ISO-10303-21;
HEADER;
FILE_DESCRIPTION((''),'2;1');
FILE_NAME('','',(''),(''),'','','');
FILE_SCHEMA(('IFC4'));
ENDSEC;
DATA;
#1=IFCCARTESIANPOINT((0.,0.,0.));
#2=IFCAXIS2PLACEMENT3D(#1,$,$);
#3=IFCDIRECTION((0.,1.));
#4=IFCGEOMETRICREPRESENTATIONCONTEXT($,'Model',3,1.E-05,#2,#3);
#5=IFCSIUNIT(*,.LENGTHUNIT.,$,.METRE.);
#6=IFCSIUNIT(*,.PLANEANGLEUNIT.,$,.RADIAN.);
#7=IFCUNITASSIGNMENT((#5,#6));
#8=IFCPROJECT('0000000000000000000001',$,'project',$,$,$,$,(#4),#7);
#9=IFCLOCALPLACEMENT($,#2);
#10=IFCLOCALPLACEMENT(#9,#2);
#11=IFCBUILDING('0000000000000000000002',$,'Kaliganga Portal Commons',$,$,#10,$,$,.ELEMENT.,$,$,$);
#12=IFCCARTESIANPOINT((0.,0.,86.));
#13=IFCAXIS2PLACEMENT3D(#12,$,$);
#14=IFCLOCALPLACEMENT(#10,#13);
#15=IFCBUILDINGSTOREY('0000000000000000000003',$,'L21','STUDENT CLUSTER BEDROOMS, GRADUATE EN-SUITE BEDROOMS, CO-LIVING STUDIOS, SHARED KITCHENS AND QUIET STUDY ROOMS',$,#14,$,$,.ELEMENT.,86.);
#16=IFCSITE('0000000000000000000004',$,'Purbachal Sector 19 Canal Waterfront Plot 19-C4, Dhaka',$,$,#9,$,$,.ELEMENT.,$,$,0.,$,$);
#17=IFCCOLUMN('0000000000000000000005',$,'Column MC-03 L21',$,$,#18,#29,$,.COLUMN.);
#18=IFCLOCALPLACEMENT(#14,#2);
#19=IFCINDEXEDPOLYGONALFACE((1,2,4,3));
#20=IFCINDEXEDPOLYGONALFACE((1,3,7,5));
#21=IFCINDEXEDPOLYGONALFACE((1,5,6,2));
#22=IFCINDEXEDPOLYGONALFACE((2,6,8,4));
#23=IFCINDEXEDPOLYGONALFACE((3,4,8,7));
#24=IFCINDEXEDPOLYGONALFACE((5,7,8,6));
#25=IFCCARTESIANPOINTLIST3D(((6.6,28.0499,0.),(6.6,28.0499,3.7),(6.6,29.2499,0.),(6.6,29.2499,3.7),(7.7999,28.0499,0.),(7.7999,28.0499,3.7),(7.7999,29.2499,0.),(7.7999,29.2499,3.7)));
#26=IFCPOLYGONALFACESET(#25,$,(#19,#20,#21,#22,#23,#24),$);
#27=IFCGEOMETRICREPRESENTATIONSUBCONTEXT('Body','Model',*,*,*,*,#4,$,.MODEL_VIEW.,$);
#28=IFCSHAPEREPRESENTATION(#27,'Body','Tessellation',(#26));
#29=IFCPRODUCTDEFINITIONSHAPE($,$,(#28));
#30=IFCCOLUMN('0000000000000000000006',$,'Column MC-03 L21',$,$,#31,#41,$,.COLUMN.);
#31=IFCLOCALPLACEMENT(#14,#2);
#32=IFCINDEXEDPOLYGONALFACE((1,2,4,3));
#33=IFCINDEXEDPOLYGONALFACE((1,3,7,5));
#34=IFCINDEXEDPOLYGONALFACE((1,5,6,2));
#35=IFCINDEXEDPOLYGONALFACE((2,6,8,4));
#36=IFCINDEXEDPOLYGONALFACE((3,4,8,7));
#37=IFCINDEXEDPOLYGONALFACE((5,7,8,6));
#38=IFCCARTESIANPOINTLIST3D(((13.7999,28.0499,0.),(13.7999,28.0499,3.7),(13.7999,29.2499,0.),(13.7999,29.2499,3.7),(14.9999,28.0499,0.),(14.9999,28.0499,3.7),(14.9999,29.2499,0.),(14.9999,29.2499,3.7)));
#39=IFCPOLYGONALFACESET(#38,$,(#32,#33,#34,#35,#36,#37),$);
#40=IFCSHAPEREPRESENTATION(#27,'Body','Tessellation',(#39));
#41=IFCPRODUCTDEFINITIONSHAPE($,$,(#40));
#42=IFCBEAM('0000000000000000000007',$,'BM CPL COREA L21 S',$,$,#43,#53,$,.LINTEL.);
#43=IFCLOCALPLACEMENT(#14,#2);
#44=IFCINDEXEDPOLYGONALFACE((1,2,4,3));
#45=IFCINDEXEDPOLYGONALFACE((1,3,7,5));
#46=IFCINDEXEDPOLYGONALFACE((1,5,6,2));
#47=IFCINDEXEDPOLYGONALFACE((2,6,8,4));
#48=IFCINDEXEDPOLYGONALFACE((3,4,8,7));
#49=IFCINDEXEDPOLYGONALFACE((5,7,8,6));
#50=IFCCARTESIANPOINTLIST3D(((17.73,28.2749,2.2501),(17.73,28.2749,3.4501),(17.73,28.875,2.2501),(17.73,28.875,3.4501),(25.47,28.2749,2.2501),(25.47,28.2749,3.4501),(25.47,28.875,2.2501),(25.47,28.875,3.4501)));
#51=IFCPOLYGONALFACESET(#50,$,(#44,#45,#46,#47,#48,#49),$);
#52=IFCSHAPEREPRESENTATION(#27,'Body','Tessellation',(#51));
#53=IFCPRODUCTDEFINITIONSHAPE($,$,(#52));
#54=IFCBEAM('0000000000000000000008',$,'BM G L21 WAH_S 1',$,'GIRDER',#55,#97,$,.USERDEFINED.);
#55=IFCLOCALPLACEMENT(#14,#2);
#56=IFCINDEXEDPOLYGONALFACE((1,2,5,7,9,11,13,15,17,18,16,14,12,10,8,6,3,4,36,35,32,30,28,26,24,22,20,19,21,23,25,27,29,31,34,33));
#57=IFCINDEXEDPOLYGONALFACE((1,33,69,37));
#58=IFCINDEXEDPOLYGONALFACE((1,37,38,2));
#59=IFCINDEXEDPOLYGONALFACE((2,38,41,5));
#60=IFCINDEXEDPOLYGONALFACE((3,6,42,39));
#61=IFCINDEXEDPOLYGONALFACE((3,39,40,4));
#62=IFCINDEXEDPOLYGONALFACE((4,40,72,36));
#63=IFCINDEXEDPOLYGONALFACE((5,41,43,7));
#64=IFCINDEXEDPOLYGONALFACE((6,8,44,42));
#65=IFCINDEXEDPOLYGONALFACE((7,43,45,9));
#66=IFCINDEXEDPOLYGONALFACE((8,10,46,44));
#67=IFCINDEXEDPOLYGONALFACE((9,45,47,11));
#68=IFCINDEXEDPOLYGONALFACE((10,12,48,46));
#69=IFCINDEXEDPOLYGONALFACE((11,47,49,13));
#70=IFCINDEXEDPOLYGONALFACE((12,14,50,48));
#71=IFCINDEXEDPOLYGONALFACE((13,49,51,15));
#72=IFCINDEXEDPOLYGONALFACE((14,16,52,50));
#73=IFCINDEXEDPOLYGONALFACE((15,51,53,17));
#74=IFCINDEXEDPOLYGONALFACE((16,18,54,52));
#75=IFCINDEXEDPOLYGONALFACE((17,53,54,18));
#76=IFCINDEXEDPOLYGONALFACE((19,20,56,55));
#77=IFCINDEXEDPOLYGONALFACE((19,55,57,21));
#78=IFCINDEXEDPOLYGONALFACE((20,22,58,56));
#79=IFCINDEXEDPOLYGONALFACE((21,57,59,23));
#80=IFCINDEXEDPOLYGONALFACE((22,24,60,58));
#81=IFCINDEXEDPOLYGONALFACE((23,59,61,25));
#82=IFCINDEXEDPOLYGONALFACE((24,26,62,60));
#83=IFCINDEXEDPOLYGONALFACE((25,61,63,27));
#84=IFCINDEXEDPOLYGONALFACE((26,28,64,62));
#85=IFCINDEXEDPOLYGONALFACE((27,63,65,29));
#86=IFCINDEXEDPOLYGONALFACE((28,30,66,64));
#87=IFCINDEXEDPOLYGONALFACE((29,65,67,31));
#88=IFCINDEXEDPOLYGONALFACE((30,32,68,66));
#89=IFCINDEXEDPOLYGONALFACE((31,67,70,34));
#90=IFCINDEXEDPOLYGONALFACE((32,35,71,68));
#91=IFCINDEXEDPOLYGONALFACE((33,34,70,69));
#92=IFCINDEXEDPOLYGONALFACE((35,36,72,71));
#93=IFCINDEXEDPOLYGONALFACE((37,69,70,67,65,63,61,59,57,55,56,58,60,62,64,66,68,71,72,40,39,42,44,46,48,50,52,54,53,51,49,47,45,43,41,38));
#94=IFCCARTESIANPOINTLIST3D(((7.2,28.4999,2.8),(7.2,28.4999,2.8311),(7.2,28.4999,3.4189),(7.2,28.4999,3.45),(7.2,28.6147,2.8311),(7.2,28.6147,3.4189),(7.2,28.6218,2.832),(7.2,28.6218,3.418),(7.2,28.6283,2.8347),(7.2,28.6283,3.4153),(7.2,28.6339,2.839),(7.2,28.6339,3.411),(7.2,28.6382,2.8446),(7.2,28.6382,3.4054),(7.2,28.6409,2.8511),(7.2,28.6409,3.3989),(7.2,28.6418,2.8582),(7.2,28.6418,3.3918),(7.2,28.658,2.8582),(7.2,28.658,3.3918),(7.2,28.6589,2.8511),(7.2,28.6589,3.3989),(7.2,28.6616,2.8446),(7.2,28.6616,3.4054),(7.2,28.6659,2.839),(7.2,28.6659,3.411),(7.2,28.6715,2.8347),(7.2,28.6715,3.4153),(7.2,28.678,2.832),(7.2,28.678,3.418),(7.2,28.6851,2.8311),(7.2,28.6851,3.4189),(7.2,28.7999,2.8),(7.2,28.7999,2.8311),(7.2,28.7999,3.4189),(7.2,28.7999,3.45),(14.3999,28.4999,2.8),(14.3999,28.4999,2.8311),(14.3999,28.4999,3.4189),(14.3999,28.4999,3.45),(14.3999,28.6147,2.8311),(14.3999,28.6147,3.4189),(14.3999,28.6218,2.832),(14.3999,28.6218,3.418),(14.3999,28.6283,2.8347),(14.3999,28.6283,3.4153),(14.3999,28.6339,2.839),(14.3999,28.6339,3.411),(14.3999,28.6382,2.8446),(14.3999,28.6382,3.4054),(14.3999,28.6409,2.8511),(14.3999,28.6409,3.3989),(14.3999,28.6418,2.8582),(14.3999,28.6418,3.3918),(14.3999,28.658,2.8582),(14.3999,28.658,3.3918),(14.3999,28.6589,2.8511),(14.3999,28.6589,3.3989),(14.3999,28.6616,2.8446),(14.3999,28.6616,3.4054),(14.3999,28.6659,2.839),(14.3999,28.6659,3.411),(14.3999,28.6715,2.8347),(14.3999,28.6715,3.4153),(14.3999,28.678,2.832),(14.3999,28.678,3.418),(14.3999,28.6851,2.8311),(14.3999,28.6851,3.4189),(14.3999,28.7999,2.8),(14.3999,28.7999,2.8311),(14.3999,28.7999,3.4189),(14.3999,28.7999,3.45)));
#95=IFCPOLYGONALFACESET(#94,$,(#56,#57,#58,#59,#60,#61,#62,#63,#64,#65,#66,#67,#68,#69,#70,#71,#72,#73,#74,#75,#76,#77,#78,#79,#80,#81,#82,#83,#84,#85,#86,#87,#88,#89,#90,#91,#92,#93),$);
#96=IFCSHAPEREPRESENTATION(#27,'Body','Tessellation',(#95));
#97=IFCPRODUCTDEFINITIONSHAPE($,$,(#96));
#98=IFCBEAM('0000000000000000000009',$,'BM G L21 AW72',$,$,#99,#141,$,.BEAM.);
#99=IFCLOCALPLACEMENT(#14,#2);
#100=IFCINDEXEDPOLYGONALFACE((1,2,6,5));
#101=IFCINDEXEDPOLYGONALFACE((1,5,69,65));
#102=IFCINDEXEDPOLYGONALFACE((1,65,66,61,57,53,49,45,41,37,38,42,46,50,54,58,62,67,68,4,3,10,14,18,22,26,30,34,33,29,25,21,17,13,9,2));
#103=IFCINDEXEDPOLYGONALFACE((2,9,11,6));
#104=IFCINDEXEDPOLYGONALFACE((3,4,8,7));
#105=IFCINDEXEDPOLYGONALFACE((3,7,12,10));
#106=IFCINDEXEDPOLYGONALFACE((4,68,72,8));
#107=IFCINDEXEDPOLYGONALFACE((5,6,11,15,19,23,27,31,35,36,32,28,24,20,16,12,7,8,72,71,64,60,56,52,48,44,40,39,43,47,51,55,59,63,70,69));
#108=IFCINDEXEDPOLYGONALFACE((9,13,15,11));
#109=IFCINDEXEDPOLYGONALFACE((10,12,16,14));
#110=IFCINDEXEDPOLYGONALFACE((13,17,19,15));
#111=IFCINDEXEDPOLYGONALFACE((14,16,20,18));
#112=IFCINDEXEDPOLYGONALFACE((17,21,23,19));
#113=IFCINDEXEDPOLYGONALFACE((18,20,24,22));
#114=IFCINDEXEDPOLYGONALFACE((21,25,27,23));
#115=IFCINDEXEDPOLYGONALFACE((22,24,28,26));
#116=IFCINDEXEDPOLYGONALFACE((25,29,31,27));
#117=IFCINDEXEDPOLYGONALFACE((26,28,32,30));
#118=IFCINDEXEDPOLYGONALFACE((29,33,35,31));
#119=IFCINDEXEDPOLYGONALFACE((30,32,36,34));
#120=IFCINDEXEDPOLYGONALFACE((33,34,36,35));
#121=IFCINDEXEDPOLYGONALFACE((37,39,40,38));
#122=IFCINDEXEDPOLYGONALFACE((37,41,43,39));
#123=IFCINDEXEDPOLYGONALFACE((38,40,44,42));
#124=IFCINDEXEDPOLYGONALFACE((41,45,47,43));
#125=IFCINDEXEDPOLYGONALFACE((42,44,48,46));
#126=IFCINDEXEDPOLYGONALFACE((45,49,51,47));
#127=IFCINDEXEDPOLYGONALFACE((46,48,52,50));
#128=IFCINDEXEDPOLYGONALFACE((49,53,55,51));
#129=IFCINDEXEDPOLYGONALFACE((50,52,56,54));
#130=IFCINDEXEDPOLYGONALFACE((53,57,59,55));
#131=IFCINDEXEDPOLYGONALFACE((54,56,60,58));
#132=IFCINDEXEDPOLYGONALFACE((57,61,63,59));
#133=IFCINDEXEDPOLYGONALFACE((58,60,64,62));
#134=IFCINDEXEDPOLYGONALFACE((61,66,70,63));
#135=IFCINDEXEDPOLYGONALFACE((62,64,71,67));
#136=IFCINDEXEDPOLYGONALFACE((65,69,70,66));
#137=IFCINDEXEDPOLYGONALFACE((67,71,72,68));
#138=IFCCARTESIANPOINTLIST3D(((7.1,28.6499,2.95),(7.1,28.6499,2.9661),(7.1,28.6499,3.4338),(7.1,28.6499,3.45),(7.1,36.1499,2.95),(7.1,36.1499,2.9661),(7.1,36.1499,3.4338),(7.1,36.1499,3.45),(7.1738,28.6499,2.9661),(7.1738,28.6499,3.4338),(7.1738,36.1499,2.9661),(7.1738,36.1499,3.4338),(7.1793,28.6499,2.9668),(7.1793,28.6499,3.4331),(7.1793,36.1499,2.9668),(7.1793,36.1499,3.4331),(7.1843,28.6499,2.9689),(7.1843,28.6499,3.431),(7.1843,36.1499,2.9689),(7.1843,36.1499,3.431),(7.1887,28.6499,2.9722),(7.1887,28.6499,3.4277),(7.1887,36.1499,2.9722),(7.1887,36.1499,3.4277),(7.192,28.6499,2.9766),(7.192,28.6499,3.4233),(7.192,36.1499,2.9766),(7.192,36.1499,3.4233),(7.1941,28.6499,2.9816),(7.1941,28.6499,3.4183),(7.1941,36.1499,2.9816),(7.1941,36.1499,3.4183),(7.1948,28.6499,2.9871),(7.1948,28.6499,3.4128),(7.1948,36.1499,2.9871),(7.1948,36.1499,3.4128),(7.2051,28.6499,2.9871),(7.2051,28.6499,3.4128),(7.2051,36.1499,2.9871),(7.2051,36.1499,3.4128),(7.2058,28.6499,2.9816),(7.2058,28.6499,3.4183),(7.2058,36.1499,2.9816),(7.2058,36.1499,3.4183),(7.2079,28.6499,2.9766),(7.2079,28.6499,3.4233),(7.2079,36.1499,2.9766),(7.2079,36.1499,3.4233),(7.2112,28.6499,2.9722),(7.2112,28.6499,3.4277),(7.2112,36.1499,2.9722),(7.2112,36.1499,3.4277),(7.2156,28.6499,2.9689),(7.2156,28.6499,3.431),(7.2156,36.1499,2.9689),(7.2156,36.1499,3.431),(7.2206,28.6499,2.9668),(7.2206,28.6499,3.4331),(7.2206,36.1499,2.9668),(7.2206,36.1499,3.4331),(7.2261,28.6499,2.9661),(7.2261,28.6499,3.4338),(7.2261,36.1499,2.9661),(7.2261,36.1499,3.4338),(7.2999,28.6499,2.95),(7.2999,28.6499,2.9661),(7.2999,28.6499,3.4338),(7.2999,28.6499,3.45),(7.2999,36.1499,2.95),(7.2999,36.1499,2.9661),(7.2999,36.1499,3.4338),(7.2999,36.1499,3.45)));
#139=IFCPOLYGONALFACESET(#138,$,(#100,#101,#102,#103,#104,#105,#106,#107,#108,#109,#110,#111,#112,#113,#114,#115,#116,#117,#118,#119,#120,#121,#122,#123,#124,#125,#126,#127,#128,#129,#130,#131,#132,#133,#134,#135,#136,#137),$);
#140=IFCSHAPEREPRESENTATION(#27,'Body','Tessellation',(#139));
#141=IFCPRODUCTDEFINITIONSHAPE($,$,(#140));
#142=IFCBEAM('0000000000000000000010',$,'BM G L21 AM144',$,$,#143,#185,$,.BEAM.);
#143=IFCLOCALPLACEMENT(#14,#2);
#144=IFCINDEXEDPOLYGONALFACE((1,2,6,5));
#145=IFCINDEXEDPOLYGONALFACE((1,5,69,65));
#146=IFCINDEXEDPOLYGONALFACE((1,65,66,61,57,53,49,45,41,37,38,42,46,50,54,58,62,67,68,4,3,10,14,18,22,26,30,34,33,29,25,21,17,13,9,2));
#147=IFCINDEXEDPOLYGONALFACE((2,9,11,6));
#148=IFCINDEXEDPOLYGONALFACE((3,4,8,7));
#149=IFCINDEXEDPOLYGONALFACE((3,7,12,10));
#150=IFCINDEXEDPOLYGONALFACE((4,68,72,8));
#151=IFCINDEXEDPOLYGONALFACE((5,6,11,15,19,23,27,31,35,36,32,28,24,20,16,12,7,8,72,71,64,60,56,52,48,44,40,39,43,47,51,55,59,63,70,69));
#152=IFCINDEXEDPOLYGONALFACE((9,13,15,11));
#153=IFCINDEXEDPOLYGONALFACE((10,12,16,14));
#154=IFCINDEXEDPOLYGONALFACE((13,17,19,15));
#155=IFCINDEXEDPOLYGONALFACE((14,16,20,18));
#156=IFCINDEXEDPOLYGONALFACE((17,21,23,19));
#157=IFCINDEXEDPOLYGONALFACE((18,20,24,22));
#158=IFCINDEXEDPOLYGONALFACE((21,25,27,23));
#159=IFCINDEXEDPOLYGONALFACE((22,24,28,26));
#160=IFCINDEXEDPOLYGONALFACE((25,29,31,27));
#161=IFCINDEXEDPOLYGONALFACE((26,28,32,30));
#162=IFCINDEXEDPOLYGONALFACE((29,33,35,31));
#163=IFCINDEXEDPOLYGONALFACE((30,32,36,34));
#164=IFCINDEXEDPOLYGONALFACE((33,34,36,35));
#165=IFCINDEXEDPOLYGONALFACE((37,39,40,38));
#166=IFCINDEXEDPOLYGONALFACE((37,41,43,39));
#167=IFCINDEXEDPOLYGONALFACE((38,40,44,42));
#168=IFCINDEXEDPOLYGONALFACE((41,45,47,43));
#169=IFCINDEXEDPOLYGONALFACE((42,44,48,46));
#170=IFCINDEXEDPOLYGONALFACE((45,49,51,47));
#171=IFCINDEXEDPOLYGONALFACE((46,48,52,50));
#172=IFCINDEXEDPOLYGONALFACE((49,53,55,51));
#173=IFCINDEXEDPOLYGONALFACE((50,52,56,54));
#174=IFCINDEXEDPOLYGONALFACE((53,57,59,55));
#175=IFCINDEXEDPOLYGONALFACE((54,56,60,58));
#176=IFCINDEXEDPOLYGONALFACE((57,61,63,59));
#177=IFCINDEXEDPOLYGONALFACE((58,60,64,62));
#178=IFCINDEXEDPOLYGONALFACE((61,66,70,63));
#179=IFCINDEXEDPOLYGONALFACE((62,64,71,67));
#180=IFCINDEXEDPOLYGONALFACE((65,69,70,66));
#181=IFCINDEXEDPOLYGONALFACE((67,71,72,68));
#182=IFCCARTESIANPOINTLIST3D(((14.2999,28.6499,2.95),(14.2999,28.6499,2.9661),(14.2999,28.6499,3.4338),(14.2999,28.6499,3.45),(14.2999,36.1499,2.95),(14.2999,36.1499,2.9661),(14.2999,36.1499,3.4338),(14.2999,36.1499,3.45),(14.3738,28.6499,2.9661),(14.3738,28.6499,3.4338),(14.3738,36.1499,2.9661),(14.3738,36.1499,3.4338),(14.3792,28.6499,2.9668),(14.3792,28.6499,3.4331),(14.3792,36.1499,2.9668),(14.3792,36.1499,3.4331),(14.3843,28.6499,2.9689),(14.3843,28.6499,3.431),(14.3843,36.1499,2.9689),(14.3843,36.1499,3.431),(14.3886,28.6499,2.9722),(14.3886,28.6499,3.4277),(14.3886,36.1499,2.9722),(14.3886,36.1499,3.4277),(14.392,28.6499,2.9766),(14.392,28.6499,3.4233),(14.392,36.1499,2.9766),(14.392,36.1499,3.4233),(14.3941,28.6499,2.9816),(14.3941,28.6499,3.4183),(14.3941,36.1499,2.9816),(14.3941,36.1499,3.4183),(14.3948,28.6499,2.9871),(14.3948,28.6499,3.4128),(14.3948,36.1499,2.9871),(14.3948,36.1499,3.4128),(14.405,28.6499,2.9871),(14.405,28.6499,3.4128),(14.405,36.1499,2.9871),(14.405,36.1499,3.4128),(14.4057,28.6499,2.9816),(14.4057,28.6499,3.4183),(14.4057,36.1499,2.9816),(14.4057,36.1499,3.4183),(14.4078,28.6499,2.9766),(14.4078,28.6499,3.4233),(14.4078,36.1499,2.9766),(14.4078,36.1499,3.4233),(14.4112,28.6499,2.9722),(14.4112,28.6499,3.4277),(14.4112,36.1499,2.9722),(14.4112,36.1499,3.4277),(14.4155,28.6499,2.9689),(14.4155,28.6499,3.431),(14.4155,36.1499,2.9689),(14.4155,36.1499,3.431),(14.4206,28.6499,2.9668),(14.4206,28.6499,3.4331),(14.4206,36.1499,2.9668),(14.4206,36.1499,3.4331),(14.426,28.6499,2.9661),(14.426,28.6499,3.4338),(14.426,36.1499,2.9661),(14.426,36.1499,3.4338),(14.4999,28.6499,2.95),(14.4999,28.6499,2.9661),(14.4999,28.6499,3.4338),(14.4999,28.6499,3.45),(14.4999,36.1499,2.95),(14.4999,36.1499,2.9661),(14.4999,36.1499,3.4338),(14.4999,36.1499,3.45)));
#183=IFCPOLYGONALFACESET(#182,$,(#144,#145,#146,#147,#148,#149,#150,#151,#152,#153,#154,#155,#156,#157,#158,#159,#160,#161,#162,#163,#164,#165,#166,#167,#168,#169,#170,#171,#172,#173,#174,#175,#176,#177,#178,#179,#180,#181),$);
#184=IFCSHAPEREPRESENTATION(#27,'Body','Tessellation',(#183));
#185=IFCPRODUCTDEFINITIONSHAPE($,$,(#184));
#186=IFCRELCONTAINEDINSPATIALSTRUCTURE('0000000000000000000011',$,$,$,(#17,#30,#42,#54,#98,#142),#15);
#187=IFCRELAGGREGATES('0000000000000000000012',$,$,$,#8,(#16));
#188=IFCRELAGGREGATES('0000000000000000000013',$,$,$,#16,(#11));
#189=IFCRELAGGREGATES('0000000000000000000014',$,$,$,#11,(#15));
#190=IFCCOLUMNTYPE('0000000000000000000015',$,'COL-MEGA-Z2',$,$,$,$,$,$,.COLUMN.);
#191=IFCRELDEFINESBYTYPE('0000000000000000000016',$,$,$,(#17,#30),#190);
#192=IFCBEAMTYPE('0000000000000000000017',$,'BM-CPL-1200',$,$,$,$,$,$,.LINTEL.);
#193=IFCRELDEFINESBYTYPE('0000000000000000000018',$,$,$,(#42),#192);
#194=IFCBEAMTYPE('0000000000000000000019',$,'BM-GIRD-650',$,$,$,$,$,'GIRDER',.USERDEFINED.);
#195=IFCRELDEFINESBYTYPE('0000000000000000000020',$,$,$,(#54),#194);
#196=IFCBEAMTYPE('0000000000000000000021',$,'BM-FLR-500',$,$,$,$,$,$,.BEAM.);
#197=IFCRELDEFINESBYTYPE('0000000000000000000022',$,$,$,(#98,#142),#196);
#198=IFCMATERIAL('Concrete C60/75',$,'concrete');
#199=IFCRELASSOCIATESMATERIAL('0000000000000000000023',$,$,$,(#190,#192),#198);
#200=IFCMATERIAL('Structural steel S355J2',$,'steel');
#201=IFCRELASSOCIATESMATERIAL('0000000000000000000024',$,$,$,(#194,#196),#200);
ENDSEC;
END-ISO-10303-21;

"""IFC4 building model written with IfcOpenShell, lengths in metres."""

from ifc_helpers import new_model, si_unit, direction, frame, origin, origin_2d, place, context, subcontext, project, spatial, rectangle, i_section, extrude, source, transform, mapped, material, material_profile, profile_set, type_object, element, save


model = new_model("IFC4")

# Units and contexts
model_context = context("Model", 3, precision=1e-05, world=origin(), true_north=direction((0.0, 1.0)))
body_context = subcontext(model_context, "Body", "Model", "MODEL_VIEW")
ifc_project = project(units=[si_unit("LENGTHUNIT", "METRE"), si_unit("PLANEANGLEUNIT", "RADIAN")], contexts=[model_context])

# Site, building, storey
site_placement = place(None, origin())
site = spatial("IfcSite", under=ifc_project, at=site_placement, Name="Purbachal Sector 19 Canal Waterfront Plot 19-C4, Dhaka", CompositionType="ELEMENT", RefElevation=0.0)
building_placement = place(site_placement, origin())
building = spatial("IfcBuilding", under=site, at=building_placement, Name="Kaliganga Portal Commons", CompositionType="ELEMENT")
storey_placement = place(building_placement, frame((0.0, 0.0, 86.0)))
storey = spatial("IfcBuildingStorey", under=building, at=storey_placement, Name="L21", Description="STUDENT CLUSTER BEDROOMS, GRADUATE EN-SUITE BEDROOMS, CO-LIVING STUDIOS, SHARED KITCHENS AND QUIET STUDY ROOMS", CompositionType="ELEMENT", Elevation=86.0)

# Columns
ifc_material_1 = material(Name="Concrete C60/75", Category="concrete")
ifc_material_profile_1 = material_profile(ifc_material_1, rectangle(XDim=1.2, YDim=1.2, at=origin_2d()), Name="RC 1200x1200")
ifc_profile_set_1 = profile_set([ifc_material_profile_1], Name="Concrete C60/75")
column_type = type_object("IfcColumnType", Name="COL-MEGA-Z2", PredefinedType="COLUMN", material=ifc_profile_set_1)
shared_shape_1 = source(origin(), body_context, "Body", "SweptSolid", [
    extrude(rectangle(XDim=1.2, YDim=1.2, at=origin_2d()), origin(), (0.0, 0.0, 1.0), 3.7),
])
for number, where, z_axis, x_axis, name in (
    (1, (7.2, 28.6499, 0.0), (0.0, 0.0, 1.0), (1.0, 0.0, 0.0), "Column MC-03 L21"),
    (2, (14.3999, 28.6499, 0.0), (0.0, 0.0, 1.0), (1.0, 0.0, 0.0), "Column MC-03 L21"),
):
    element("IfcColumn", number, at=place(storey_placement, frame(where, z_axis=z_axis, x_axis=x_axis)), inside=storey, type_object=column_type, Name=name, PredefinedType="COLUMN", context=body_context, shape_type="MappedRepresentation", body=[
        mapped(shared_shape_1, transform((0.0, 0.0, 0.0), x_axis=(1.0, 0.0, 0.0), y_axis=(0.0, 1.0, 0.0), z_axis=(0.0, 0.0, 1.0), scale=1.0)),
    ])

# Beams
ifc_material_profile_2 = material_profile(ifc_material_1, rectangle(XDim=0.6001, YDim=1.2, at=origin_2d()), Name="RC 600x1200")
ifc_profile_set_2 = profile_set([ifc_material_profile_2], Name="Concrete C60/75")
beam_type_1 = type_object("IfcBeamType", Name="BM-CPL-1200", PredefinedType="LINTEL", material=ifc_profile_set_2)
shared_shape_2 = source(origin(), body_context, "Body", "SweptSolid", [
    extrude(rectangle(XDim=0.6001, YDim=1.2, at=origin_2d()), origin(), (0.0, 0.0, 1.0), 7.74),
])
beam_1_placement = place(storey_placement, frame((17.73, 28.575, 2.8501), z_axis=(1.0, 0.0, 0.0), x_axis=(0.0, 1.0, 0.0)))
element("IfcBeam", 3, at=beam_1_placement, inside=storey, type_object=beam_type_1, Name="BM CPL COREA L21 S", PredefinedType="LINTEL", context=body_context, shape_type="MappedRepresentation", body=[
    mapped(shared_shape_2, transform((0.0, 0.0, 0.0), x_axis=(1.0, 0.0, 0.0), y_axis=(0.0, 1.0, 0.0), z_axis=(0.0, 0.0, 1.0), scale=1.0)),
])
ifc_material_2 = material(Name="Structural steel S355J2", Category="steel")
ifc_material_profile_3 = material_profile(ifc_material_2, i_section(OverallWidth=0.3, OverallDepth=0.6499, WebThickness=0.0161, FlangeThickness=0.031, FilletRadius=0.0271, at=origin_2d()), Name="HE 650 B")
ifc_profile_set_3 = profile_set([ifc_material_profile_3], Name="Structural steel S355J2 wide-flange")
beam_type_2 = type_object("IfcBeamType", Name="BM-GIRD-650", ElementType="GIRDER", PredefinedType="USERDEFINED", material=ifc_profile_set_3)
shared_shape_3 = source(origin(), body_context, "Body", "SweptSolid", [
    extrude(i_section(OverallWidth=0.3, OverallDepth=0.6499, WebThickness=0.0161, FlangeThickness=0.031, FilletRadius=0.0271, at=origin_2d()), origin(), (0.0, 0.0, 1.0), 7.2),
])
beam_2_placement = place(storey_placement, frame((7.2, 28.6499, 3.125), z_axis=(1.0, 0.0, 0.0), x_axis=(0.0, 1.0, 0.0)))
element("IfcBeam", 4, at=beam_2_placement, inside=storey, type_object=beam_type_2, Name="BM G L21 WAH_S 1", ObjectType="GIRDER", PredefinedType="USERDEFINED", context=body_context, shape_type="MappedRepresentation", body=[
    mapped(shared_shape_3, transform((0.0, 0.0, 0.0), x_axis=(1.0, 0.0, 0.0), y_axis=(0.0, 1.0, 0.0), z_axis=(0.0, 0.0, 1.0), scale=1.0)),
])
ifc_material_profile_4 = material_profile(ifc_material_2, i_section(OverallWidth=0.2, OverallDepth=0.5, WebThickness=0.0103, FlangeThickness=0.0161, FilletRadius=0.021, at=origin_2d()), Name="IPE 500")
ifc_profile_set_4 = profile_set([ifc_material_profile_4], Name="Structural steel S355J2 wide-flange")
beam_type_3 = type_object("IfcBeamType", Name="BM-FLR-500", PredefinedType="BEAM", material=ifc_profile_set_4)
shared_shape_4 = source(origin(), body_context, "Body", "SweptSolid", [
    extrude(i_section(OverallWidth=0.2, OverallDepth=0.5, WebThickness=0.0103, FlangeThickness=0.0161, FilletRadius=0.021, at=origin_2d()), origin(), (0.0, 0.0, 1.0), 7.5),
])
for number, where, z_axis, x_axis, name in (
    (5, (7.2, 28.6499, 3.2), (0.0, 1.0, 0.0), (-1.0, 0.0, 0.0), "BM G L21 AW72"),
    (6, (14.3999, 28.6499, 3.2), (0.0, 1.0, 0.0), (-1.0, 0.0, 0.0), "BM G L21 AM144"),
):
    element("IfcBeam", number, at=place(storey_placement, frame(where, z_axis=z_axis, x_axis=x_axis)), inside=storey, type_object=beam_type_3, Name=name, PredefinedType="BEAM", context=body_context, shape_type="MappedRepresentation", body=[
        mapped(shared_shape_4, transform((0.0, 0.0, 0.0), x_axis=(1.0, 0.0, 0.0), y_axis=(0.0, 1.0, 0.0), z_axis=(0.0, 0.0, 1.0), scale=1.0)),
    ])

save(model, "model.ifc")
